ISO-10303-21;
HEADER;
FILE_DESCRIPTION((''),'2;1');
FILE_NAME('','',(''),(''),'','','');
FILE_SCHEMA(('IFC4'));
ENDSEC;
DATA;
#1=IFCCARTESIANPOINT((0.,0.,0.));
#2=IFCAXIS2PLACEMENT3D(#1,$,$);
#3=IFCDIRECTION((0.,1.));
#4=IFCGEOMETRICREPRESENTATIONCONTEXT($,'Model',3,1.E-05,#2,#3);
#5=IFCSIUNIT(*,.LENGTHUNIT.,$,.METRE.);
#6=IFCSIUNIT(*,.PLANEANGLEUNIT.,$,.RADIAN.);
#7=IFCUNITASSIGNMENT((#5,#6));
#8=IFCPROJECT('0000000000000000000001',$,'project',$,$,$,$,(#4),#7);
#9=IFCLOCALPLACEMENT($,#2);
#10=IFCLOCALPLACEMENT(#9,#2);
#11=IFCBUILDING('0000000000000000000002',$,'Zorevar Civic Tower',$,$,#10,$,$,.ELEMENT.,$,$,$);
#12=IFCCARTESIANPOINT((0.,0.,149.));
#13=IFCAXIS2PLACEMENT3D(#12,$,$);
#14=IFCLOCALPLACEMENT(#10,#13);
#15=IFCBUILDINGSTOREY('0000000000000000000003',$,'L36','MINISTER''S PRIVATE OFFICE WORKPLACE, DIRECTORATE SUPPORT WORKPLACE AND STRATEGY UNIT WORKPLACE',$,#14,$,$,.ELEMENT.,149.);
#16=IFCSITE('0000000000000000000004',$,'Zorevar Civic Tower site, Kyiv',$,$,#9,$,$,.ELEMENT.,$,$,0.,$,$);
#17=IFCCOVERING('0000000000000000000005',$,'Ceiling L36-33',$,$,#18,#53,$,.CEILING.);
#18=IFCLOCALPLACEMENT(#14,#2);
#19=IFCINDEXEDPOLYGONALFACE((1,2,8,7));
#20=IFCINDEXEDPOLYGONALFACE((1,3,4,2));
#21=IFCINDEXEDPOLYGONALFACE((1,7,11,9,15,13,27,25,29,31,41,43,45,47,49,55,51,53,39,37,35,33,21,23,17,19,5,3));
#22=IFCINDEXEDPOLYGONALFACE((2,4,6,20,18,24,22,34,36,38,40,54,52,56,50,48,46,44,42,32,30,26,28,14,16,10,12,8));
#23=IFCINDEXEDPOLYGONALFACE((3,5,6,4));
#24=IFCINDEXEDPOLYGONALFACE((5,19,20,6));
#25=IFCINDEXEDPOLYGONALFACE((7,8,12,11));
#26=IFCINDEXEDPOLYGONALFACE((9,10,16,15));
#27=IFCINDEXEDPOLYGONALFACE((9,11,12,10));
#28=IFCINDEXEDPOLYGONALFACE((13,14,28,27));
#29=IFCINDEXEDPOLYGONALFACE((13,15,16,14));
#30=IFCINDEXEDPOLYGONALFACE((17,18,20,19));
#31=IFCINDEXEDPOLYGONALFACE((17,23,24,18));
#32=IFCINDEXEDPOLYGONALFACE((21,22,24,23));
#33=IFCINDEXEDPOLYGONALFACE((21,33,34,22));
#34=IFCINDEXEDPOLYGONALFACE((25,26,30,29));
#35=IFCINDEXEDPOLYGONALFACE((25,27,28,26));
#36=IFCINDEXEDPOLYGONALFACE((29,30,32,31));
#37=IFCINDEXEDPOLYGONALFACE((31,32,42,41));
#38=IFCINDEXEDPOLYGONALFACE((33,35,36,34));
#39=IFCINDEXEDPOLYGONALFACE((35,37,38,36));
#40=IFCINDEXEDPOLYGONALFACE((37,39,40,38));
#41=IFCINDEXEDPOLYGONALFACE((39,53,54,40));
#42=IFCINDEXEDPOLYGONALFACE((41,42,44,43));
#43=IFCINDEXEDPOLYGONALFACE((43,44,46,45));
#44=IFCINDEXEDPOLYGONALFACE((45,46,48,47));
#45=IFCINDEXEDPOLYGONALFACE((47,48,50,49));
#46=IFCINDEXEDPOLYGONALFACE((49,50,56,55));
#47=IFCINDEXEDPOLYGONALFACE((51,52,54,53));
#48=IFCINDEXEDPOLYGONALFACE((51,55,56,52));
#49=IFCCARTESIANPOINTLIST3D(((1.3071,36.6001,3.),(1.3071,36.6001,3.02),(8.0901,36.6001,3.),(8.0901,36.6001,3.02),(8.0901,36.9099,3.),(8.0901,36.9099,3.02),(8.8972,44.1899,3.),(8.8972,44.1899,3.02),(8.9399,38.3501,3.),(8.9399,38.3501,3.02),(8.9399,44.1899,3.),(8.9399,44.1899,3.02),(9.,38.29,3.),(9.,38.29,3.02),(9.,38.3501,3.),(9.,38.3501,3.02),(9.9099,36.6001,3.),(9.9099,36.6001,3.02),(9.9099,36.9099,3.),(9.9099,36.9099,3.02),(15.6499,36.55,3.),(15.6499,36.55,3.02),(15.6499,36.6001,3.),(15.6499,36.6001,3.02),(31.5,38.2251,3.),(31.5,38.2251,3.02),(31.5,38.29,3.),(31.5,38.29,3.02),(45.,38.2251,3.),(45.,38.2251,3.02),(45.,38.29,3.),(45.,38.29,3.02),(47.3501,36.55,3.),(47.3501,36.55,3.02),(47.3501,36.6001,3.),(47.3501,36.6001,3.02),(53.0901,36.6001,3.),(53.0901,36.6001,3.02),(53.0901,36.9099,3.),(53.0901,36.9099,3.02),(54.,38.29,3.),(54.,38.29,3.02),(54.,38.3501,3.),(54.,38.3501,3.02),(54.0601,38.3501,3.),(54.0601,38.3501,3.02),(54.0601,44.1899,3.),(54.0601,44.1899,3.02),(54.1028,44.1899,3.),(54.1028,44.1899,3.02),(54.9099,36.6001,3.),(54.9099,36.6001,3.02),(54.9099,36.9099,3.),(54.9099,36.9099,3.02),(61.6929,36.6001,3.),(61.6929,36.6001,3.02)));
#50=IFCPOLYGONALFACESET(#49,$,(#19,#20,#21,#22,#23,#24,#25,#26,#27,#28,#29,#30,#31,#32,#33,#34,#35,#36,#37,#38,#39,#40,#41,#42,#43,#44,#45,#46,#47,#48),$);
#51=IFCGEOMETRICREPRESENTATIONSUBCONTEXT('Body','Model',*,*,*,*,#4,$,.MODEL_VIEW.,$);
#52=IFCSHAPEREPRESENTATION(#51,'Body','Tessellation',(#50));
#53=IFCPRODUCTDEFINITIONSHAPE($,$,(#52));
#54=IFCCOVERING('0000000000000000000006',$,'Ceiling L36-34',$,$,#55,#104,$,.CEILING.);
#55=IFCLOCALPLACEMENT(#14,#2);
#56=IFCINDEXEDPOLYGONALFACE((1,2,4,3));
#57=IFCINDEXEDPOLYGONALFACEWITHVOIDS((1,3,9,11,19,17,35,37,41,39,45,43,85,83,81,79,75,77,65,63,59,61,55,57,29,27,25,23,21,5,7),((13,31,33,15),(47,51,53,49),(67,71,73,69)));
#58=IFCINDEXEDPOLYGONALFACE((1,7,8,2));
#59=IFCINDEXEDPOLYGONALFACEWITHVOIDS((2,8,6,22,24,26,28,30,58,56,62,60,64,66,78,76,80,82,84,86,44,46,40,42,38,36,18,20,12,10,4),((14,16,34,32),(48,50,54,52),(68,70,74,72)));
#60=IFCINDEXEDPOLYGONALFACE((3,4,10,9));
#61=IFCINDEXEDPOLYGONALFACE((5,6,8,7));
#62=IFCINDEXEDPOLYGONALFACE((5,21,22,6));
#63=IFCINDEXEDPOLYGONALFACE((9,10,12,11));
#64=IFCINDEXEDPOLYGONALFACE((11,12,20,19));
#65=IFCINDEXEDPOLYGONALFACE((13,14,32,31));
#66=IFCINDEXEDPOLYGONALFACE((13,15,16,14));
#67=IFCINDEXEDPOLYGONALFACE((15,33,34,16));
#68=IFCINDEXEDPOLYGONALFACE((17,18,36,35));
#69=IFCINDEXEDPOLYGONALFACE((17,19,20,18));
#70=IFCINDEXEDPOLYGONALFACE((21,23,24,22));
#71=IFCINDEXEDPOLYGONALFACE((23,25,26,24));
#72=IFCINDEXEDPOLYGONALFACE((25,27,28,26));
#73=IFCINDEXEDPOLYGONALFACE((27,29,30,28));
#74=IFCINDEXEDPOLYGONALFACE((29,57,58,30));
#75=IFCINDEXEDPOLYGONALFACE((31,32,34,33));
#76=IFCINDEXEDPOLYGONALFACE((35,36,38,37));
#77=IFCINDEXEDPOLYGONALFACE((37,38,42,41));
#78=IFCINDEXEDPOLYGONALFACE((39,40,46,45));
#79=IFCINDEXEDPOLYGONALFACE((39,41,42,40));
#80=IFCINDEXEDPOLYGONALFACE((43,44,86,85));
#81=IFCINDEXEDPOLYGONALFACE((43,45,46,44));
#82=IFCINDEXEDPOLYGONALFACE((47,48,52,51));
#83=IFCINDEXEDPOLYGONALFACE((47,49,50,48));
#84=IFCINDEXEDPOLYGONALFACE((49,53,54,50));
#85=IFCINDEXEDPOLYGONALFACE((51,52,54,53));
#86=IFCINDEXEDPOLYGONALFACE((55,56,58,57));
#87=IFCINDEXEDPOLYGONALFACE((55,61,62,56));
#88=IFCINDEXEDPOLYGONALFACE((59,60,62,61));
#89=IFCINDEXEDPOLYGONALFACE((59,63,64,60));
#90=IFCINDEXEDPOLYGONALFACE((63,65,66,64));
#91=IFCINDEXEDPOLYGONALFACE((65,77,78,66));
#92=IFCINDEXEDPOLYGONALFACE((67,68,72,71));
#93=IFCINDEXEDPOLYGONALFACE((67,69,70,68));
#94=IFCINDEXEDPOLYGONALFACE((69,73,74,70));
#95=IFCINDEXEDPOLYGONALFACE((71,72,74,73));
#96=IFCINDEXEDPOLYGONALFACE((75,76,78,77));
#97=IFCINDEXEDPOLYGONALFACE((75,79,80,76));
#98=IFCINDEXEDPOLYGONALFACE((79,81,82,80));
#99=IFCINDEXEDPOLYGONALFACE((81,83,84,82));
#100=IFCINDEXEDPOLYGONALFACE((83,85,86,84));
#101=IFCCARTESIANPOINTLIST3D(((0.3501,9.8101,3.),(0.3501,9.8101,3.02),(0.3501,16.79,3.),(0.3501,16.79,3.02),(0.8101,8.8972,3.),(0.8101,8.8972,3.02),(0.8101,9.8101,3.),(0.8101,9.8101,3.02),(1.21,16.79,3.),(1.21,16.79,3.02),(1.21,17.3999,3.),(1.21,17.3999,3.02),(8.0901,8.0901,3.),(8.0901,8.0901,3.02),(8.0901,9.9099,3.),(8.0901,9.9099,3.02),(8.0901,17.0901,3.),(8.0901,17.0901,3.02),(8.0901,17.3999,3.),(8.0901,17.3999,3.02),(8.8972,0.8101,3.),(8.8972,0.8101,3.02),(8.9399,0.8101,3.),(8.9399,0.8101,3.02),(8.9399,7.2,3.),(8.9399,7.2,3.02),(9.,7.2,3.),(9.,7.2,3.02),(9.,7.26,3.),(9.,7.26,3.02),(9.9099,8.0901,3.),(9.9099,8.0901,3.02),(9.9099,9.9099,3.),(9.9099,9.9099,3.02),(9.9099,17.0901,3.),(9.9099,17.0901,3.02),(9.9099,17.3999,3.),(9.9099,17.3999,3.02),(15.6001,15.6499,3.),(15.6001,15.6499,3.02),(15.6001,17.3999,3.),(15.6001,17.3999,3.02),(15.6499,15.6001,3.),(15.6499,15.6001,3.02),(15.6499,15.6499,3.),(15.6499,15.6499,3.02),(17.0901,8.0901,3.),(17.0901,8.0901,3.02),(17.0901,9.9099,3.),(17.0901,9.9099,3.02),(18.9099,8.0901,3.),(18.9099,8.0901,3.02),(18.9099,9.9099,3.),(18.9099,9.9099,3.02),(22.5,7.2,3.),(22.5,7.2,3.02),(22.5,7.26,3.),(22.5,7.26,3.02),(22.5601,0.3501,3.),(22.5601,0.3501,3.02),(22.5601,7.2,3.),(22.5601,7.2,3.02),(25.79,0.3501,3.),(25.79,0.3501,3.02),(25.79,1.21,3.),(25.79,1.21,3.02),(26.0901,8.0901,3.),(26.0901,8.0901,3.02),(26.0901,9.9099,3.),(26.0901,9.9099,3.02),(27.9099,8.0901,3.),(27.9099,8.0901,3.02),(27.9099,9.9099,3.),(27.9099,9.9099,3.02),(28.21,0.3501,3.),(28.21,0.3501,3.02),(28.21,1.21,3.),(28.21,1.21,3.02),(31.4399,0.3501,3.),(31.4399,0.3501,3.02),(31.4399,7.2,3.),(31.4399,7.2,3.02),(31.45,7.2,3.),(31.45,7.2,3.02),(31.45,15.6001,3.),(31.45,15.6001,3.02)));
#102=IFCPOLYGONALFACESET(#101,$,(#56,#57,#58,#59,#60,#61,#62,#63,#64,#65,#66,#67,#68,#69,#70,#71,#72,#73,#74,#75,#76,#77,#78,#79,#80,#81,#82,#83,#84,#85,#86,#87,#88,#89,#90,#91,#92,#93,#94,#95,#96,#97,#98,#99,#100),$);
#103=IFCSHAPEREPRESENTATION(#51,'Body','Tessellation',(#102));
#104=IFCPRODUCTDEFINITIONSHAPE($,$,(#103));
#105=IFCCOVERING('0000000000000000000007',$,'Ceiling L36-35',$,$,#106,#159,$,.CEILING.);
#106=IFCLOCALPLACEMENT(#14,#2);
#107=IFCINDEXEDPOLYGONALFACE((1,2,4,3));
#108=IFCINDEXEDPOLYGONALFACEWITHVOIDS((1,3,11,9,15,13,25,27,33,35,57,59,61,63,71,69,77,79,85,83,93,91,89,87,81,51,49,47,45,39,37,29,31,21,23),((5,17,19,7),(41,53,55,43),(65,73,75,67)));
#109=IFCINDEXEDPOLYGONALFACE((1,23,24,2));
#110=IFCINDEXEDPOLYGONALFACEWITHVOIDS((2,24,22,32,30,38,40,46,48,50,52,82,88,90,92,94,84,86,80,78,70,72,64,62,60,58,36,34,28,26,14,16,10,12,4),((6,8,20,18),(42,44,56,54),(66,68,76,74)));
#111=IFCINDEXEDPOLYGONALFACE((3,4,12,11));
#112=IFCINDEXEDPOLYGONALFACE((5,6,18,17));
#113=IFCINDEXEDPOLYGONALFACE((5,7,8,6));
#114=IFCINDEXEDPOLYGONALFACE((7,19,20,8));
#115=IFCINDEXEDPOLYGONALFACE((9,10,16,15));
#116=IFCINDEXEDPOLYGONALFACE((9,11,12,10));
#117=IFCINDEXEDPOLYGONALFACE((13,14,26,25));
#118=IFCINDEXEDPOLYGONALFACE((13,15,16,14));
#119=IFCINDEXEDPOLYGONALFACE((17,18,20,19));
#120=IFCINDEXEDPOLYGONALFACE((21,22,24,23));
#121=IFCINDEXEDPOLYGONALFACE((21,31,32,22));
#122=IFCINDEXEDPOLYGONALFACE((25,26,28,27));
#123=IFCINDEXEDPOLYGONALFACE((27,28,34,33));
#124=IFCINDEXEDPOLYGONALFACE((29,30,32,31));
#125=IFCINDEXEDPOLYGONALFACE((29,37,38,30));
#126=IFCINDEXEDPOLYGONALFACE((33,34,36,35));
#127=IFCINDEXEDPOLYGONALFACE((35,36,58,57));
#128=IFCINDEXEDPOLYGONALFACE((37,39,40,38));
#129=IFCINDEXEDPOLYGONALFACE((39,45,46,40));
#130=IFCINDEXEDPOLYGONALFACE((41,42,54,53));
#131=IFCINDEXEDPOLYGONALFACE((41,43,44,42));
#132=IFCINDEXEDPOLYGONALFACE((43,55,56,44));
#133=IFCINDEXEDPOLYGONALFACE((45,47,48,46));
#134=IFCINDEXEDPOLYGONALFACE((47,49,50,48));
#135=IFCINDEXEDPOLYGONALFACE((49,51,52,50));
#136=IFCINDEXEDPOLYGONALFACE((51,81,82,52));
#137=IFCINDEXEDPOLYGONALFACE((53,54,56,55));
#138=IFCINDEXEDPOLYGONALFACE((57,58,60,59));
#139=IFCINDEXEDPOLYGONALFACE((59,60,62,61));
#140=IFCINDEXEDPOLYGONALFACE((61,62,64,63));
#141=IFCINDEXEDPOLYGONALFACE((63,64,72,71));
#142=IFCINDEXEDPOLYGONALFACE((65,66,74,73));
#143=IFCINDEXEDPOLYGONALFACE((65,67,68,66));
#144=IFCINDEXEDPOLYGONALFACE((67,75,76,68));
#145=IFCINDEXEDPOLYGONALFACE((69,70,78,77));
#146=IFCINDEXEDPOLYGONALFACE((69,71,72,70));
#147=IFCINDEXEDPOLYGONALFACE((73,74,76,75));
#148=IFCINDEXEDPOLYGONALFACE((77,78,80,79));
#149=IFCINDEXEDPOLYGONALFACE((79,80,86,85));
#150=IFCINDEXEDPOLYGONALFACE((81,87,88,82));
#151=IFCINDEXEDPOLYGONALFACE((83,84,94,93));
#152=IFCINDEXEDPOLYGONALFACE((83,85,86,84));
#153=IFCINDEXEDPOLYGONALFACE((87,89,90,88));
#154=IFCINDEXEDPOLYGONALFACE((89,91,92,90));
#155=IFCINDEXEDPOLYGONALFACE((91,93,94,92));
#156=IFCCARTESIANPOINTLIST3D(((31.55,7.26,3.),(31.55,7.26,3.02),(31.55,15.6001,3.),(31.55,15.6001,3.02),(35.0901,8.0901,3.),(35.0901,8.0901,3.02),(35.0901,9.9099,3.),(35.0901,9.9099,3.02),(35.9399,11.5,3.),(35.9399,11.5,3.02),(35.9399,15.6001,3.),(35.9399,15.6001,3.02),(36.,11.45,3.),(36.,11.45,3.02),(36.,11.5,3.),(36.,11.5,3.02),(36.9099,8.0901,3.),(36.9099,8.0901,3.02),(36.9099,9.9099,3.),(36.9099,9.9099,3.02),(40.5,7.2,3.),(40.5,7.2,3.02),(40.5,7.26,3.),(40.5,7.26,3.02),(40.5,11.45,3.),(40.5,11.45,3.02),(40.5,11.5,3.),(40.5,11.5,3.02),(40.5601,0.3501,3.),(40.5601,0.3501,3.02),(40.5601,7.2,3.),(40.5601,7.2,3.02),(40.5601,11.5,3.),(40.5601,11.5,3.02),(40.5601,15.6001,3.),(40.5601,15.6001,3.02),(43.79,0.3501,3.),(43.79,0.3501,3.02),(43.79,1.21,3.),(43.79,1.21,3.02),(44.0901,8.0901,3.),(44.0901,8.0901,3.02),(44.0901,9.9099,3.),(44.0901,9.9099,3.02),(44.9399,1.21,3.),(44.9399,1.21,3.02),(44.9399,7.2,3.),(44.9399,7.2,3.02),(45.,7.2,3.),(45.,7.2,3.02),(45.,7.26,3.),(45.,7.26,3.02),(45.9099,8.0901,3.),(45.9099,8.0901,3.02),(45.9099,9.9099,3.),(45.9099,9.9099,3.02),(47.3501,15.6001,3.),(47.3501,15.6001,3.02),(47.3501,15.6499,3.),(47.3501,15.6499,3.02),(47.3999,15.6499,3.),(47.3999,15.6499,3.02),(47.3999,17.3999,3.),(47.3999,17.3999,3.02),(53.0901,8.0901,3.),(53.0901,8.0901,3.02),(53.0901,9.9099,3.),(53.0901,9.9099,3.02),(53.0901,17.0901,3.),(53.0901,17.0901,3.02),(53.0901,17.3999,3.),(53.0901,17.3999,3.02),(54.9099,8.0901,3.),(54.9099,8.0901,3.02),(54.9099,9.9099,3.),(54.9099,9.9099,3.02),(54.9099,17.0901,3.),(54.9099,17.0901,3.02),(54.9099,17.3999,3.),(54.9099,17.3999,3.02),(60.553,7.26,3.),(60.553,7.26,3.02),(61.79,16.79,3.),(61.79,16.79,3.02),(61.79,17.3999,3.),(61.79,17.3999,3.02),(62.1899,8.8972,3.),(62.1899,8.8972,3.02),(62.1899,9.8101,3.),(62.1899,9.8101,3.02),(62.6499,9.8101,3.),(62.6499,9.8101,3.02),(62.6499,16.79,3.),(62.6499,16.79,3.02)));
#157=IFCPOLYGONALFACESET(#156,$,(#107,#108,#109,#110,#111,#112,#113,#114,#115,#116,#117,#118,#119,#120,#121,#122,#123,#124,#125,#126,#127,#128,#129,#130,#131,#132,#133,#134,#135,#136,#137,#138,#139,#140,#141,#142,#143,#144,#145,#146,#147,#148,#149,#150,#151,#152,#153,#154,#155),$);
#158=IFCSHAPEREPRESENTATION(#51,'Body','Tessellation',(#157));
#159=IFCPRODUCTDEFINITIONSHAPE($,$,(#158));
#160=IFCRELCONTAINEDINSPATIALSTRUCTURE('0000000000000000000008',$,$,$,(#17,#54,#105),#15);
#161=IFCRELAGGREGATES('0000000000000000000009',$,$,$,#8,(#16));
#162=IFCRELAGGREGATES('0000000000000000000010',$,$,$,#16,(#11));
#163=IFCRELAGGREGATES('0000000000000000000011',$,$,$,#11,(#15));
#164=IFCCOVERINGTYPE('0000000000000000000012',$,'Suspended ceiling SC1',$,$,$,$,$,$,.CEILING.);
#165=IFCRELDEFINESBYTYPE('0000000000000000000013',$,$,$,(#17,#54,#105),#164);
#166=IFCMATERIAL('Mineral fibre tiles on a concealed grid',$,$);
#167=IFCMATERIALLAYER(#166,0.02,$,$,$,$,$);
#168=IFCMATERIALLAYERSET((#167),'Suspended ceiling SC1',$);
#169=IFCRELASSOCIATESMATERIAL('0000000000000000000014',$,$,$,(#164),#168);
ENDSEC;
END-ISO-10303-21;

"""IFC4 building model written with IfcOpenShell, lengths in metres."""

from ifc_helpers import new_model, si_unit, direction, frame, origin, place, context, subcontext, project, spatial, polyline, outline, extrude, material, layer, layer_set, type_object, element, save


model = new_model("IFC4")

# Units and contexts
model_context = context("Model", 3, precision=1e-05, world=origin(), true_north=direction((0.0, 1.0)))
body_context = subcontext(model_context, "Body", "Model", "MODEL_VIEW")
ifc_project = project(units=[si_unit("LENGTHUNIT", "METRE"), si_unit("PLANEANGLEUNIT", "RADIAN")], contexts=[model_context])

# Site, building, storey
site_placement = place(None, origin())
site = spatial("IfcSite", under=ifc_project, at=site_placement, Name="Zorevar Civic Tower site, Kyiv", CompositionType="ELEMENT", RefElevation=0.0)
building_placement = place(site_placement, origin())
building = spatial("IfcBuilding", under=site, at=building_placement, Name="Zorevar Civic Tower", CompositionType="ELEMENT")
storey_placement = place(building_placement, frame((0.0, 0.0, 149.0)))
storey = spatial("IfcBuildingStorey", under=building, at=storey_placement, Name="L36", Description="MINISTER'S PRIVATE OFFICE WORKPLACE, DIRECTORATE SUPPORT WORKPLACE AND STRATEGY UNIT WORKPLACE", CompositionType="ELEMENT", Elevation=149.0)

# Coverings
ifc_material_1 = material(Name="Mineral fibre tiles on a concealed grid")
ifc_layer_1 = layer(ifc_material_1, 0.02)
ifc_layer_set_1 = layer_set([ifc_layer_1], Name="Suspended ceiling SC1")
covering_type_1 = type_object("IfcCoveringType", Name="Suspended ceiling SC1", PredefinedType="CEILING", material=ifc_layer_set_1)
covering_1_placement = place(storey_placement, frame((0.0, 0.0, 3.0)))
element("IfcCovering", 1, at=covering_1_placement, inside=storey, type_object=covering_type_1, Name="Ceiling L36-33", PredefinedType="CEILING", context=body_context, shape_type="SweptSolid", body=[
    extrude(outline(polyline([(9.0, 38.3501), (9.0, 38.29), (31.5, 38.29), (31.5, 38.2251), (45.0, 38.2251), (45.0, 38.29), (54.0, 38.29), (54.0, 38.3501), (54.0601, 38.3501), (54.0601, 44.1899), (54.1028, 44.1899), (61.6929, 36.6001), (54.9099, 36.6001), (54.9099, 36.9099), (53.0901, 36.9099), (53.0901, 36.6001), (47.3501, 36.6001), (47.3501, 36.55), (15.6499, 36.55), (15.6499, 36.6001), (9.9099, 36.6001), (9.9099, 36.9099), (8.0901, 36.9099), (8.0901, 36.6001), (1.3071, 36.6001), (8.8972, 44.1899), (8.9399, 44.1899), (8.9399, 38.3501), (9.0, 38.3501)])), origin(), (0.0, 0.0, 1.0), 0.02),
])
covering_2_placement = place(storey_placement, frame((0.0, 0.0, 3.0)))
element("IfcCovering", 2, at=covering_2_placement, inside=storey, type_object=covering_type_1, Name="Ceiling L36-34", PredefinedType="CEILING", context=body_context, shape_type="SweptSolid", body=[
    extrude(outline(polyline([(0.8101, 9.8101), (0.3501, 9.8101), (0.3501, 16.79), (1.21, 16.79), (1.21, 17.3999), (8.0901, 17.3999), (8.0901, 17.0901), (9.9099, 17.0901), (9.9099, 17.3999), (15.6001, 17.3999), (15.6001, 15.6499), (15.6499, 15.6499), (15.6499, 15.6001), (31.45, 15.6001), (31.45, 7.2), (31.4399, 7.2), (31.4399, 0.3501), (28.21, 0.3501), (28.21, 1.21), (25.79, 1.21), (25.79, 0.3501), (22.5601, 0.3501), (22.5601, 7.2), (22.5, 7.2), (22.5, 7.26), (9.0, 7.26), (9.0, 7.2), (8.9399, 7.2), (8.9399, 0.8101), (8.8972, 0.8101), (0.8101, 8.8972), (0.8101, 9.8101)]), holes=[polyline([(8.0901, 9.9099), (8.0901, 8.0901), (9.9099, 8.0901), (9.9099, 9.9099), (8.0901, 9.9099)]), polyline([(18.9099, 8.0901), (18.9099, 9.9099), (17.0901, 9.9099), (17.0901, 8.0901), (18.9099, 8.0901)]), polyline([(26.0901, 9.9099), (26.0901, 8.0901), (27.9099, 8.0901), (27.9099, 9.9099), (26.0901, 9.9099)])]), origin(), (0.0, 0.0, 1.0), 0.02),
])
covering_3_placement = place(storey_placement, frame((0.0, 0.0, 3.0)))
element("IfcCovering", 3, at=covering_3_placement, inside=storey, type_object=covering_type_1, Name="Ceiling L36-35", PredefinedType="CEILING", context=body_context, shape_type="SweptSolid", body=[
    extrude(outline(polyline([(47.3999, 15.6499), (47.3999, 17.3999), (53.0901, 17.3999), (53.0901, 17.0901), (54.9099, 17.0901), (54.9099, 17.3999), (61.79, 17.3999), (61.79, 16.79), (62.6499, 16.79), (62.6499, 9.8101), (62.1899, 9.8101), (62.1899, 8.8972), (60.553, 7.26), (45.0, 7.26), (45.0, 7.2), (44.9399, 7.2), (44.9399, 1.21), (43.79, 1.21), (43.79, 0.3501), (40.5601, 0.3501), (40.5601, 7.2), (40.5, 7.2), (40.5, 7.26), (31.55, 7.26), (31.55, 15.6001), (35.9399, 15.6001), (35.9399, 11.5), (36.0, 11.5), (36.0, 11.45), (40.5, 11.45), (40.5, 11.5), (40.5601, 11.5), (40.5601, 15.6001), (47.3501, 15.6001), (47.3501, 15.6499), (47.3999, 15.6499)]), holes=[polyline([(36.9099, 8.0901), (36.9099, 9.9099), (35.0901, 9.9099), (35.0901, 8.0901), (36.9099, 8.0901)]), polyline([(44.0901, 9.9099), (44.0901, 8.0901), (45.9099, 8.0901), (45.9099, 9.9099), (44.0901, 9.9099)]), polyline([(54.9099, 9.9099), (53.0901, 9.9099), (53.0901, 8.0901), (54.9099, 8.0901), (54.9099, 9.9099)])]), origin(), (0.0, 0.0, 1.0), 0.02),
])

save(model, "model.ifc")
